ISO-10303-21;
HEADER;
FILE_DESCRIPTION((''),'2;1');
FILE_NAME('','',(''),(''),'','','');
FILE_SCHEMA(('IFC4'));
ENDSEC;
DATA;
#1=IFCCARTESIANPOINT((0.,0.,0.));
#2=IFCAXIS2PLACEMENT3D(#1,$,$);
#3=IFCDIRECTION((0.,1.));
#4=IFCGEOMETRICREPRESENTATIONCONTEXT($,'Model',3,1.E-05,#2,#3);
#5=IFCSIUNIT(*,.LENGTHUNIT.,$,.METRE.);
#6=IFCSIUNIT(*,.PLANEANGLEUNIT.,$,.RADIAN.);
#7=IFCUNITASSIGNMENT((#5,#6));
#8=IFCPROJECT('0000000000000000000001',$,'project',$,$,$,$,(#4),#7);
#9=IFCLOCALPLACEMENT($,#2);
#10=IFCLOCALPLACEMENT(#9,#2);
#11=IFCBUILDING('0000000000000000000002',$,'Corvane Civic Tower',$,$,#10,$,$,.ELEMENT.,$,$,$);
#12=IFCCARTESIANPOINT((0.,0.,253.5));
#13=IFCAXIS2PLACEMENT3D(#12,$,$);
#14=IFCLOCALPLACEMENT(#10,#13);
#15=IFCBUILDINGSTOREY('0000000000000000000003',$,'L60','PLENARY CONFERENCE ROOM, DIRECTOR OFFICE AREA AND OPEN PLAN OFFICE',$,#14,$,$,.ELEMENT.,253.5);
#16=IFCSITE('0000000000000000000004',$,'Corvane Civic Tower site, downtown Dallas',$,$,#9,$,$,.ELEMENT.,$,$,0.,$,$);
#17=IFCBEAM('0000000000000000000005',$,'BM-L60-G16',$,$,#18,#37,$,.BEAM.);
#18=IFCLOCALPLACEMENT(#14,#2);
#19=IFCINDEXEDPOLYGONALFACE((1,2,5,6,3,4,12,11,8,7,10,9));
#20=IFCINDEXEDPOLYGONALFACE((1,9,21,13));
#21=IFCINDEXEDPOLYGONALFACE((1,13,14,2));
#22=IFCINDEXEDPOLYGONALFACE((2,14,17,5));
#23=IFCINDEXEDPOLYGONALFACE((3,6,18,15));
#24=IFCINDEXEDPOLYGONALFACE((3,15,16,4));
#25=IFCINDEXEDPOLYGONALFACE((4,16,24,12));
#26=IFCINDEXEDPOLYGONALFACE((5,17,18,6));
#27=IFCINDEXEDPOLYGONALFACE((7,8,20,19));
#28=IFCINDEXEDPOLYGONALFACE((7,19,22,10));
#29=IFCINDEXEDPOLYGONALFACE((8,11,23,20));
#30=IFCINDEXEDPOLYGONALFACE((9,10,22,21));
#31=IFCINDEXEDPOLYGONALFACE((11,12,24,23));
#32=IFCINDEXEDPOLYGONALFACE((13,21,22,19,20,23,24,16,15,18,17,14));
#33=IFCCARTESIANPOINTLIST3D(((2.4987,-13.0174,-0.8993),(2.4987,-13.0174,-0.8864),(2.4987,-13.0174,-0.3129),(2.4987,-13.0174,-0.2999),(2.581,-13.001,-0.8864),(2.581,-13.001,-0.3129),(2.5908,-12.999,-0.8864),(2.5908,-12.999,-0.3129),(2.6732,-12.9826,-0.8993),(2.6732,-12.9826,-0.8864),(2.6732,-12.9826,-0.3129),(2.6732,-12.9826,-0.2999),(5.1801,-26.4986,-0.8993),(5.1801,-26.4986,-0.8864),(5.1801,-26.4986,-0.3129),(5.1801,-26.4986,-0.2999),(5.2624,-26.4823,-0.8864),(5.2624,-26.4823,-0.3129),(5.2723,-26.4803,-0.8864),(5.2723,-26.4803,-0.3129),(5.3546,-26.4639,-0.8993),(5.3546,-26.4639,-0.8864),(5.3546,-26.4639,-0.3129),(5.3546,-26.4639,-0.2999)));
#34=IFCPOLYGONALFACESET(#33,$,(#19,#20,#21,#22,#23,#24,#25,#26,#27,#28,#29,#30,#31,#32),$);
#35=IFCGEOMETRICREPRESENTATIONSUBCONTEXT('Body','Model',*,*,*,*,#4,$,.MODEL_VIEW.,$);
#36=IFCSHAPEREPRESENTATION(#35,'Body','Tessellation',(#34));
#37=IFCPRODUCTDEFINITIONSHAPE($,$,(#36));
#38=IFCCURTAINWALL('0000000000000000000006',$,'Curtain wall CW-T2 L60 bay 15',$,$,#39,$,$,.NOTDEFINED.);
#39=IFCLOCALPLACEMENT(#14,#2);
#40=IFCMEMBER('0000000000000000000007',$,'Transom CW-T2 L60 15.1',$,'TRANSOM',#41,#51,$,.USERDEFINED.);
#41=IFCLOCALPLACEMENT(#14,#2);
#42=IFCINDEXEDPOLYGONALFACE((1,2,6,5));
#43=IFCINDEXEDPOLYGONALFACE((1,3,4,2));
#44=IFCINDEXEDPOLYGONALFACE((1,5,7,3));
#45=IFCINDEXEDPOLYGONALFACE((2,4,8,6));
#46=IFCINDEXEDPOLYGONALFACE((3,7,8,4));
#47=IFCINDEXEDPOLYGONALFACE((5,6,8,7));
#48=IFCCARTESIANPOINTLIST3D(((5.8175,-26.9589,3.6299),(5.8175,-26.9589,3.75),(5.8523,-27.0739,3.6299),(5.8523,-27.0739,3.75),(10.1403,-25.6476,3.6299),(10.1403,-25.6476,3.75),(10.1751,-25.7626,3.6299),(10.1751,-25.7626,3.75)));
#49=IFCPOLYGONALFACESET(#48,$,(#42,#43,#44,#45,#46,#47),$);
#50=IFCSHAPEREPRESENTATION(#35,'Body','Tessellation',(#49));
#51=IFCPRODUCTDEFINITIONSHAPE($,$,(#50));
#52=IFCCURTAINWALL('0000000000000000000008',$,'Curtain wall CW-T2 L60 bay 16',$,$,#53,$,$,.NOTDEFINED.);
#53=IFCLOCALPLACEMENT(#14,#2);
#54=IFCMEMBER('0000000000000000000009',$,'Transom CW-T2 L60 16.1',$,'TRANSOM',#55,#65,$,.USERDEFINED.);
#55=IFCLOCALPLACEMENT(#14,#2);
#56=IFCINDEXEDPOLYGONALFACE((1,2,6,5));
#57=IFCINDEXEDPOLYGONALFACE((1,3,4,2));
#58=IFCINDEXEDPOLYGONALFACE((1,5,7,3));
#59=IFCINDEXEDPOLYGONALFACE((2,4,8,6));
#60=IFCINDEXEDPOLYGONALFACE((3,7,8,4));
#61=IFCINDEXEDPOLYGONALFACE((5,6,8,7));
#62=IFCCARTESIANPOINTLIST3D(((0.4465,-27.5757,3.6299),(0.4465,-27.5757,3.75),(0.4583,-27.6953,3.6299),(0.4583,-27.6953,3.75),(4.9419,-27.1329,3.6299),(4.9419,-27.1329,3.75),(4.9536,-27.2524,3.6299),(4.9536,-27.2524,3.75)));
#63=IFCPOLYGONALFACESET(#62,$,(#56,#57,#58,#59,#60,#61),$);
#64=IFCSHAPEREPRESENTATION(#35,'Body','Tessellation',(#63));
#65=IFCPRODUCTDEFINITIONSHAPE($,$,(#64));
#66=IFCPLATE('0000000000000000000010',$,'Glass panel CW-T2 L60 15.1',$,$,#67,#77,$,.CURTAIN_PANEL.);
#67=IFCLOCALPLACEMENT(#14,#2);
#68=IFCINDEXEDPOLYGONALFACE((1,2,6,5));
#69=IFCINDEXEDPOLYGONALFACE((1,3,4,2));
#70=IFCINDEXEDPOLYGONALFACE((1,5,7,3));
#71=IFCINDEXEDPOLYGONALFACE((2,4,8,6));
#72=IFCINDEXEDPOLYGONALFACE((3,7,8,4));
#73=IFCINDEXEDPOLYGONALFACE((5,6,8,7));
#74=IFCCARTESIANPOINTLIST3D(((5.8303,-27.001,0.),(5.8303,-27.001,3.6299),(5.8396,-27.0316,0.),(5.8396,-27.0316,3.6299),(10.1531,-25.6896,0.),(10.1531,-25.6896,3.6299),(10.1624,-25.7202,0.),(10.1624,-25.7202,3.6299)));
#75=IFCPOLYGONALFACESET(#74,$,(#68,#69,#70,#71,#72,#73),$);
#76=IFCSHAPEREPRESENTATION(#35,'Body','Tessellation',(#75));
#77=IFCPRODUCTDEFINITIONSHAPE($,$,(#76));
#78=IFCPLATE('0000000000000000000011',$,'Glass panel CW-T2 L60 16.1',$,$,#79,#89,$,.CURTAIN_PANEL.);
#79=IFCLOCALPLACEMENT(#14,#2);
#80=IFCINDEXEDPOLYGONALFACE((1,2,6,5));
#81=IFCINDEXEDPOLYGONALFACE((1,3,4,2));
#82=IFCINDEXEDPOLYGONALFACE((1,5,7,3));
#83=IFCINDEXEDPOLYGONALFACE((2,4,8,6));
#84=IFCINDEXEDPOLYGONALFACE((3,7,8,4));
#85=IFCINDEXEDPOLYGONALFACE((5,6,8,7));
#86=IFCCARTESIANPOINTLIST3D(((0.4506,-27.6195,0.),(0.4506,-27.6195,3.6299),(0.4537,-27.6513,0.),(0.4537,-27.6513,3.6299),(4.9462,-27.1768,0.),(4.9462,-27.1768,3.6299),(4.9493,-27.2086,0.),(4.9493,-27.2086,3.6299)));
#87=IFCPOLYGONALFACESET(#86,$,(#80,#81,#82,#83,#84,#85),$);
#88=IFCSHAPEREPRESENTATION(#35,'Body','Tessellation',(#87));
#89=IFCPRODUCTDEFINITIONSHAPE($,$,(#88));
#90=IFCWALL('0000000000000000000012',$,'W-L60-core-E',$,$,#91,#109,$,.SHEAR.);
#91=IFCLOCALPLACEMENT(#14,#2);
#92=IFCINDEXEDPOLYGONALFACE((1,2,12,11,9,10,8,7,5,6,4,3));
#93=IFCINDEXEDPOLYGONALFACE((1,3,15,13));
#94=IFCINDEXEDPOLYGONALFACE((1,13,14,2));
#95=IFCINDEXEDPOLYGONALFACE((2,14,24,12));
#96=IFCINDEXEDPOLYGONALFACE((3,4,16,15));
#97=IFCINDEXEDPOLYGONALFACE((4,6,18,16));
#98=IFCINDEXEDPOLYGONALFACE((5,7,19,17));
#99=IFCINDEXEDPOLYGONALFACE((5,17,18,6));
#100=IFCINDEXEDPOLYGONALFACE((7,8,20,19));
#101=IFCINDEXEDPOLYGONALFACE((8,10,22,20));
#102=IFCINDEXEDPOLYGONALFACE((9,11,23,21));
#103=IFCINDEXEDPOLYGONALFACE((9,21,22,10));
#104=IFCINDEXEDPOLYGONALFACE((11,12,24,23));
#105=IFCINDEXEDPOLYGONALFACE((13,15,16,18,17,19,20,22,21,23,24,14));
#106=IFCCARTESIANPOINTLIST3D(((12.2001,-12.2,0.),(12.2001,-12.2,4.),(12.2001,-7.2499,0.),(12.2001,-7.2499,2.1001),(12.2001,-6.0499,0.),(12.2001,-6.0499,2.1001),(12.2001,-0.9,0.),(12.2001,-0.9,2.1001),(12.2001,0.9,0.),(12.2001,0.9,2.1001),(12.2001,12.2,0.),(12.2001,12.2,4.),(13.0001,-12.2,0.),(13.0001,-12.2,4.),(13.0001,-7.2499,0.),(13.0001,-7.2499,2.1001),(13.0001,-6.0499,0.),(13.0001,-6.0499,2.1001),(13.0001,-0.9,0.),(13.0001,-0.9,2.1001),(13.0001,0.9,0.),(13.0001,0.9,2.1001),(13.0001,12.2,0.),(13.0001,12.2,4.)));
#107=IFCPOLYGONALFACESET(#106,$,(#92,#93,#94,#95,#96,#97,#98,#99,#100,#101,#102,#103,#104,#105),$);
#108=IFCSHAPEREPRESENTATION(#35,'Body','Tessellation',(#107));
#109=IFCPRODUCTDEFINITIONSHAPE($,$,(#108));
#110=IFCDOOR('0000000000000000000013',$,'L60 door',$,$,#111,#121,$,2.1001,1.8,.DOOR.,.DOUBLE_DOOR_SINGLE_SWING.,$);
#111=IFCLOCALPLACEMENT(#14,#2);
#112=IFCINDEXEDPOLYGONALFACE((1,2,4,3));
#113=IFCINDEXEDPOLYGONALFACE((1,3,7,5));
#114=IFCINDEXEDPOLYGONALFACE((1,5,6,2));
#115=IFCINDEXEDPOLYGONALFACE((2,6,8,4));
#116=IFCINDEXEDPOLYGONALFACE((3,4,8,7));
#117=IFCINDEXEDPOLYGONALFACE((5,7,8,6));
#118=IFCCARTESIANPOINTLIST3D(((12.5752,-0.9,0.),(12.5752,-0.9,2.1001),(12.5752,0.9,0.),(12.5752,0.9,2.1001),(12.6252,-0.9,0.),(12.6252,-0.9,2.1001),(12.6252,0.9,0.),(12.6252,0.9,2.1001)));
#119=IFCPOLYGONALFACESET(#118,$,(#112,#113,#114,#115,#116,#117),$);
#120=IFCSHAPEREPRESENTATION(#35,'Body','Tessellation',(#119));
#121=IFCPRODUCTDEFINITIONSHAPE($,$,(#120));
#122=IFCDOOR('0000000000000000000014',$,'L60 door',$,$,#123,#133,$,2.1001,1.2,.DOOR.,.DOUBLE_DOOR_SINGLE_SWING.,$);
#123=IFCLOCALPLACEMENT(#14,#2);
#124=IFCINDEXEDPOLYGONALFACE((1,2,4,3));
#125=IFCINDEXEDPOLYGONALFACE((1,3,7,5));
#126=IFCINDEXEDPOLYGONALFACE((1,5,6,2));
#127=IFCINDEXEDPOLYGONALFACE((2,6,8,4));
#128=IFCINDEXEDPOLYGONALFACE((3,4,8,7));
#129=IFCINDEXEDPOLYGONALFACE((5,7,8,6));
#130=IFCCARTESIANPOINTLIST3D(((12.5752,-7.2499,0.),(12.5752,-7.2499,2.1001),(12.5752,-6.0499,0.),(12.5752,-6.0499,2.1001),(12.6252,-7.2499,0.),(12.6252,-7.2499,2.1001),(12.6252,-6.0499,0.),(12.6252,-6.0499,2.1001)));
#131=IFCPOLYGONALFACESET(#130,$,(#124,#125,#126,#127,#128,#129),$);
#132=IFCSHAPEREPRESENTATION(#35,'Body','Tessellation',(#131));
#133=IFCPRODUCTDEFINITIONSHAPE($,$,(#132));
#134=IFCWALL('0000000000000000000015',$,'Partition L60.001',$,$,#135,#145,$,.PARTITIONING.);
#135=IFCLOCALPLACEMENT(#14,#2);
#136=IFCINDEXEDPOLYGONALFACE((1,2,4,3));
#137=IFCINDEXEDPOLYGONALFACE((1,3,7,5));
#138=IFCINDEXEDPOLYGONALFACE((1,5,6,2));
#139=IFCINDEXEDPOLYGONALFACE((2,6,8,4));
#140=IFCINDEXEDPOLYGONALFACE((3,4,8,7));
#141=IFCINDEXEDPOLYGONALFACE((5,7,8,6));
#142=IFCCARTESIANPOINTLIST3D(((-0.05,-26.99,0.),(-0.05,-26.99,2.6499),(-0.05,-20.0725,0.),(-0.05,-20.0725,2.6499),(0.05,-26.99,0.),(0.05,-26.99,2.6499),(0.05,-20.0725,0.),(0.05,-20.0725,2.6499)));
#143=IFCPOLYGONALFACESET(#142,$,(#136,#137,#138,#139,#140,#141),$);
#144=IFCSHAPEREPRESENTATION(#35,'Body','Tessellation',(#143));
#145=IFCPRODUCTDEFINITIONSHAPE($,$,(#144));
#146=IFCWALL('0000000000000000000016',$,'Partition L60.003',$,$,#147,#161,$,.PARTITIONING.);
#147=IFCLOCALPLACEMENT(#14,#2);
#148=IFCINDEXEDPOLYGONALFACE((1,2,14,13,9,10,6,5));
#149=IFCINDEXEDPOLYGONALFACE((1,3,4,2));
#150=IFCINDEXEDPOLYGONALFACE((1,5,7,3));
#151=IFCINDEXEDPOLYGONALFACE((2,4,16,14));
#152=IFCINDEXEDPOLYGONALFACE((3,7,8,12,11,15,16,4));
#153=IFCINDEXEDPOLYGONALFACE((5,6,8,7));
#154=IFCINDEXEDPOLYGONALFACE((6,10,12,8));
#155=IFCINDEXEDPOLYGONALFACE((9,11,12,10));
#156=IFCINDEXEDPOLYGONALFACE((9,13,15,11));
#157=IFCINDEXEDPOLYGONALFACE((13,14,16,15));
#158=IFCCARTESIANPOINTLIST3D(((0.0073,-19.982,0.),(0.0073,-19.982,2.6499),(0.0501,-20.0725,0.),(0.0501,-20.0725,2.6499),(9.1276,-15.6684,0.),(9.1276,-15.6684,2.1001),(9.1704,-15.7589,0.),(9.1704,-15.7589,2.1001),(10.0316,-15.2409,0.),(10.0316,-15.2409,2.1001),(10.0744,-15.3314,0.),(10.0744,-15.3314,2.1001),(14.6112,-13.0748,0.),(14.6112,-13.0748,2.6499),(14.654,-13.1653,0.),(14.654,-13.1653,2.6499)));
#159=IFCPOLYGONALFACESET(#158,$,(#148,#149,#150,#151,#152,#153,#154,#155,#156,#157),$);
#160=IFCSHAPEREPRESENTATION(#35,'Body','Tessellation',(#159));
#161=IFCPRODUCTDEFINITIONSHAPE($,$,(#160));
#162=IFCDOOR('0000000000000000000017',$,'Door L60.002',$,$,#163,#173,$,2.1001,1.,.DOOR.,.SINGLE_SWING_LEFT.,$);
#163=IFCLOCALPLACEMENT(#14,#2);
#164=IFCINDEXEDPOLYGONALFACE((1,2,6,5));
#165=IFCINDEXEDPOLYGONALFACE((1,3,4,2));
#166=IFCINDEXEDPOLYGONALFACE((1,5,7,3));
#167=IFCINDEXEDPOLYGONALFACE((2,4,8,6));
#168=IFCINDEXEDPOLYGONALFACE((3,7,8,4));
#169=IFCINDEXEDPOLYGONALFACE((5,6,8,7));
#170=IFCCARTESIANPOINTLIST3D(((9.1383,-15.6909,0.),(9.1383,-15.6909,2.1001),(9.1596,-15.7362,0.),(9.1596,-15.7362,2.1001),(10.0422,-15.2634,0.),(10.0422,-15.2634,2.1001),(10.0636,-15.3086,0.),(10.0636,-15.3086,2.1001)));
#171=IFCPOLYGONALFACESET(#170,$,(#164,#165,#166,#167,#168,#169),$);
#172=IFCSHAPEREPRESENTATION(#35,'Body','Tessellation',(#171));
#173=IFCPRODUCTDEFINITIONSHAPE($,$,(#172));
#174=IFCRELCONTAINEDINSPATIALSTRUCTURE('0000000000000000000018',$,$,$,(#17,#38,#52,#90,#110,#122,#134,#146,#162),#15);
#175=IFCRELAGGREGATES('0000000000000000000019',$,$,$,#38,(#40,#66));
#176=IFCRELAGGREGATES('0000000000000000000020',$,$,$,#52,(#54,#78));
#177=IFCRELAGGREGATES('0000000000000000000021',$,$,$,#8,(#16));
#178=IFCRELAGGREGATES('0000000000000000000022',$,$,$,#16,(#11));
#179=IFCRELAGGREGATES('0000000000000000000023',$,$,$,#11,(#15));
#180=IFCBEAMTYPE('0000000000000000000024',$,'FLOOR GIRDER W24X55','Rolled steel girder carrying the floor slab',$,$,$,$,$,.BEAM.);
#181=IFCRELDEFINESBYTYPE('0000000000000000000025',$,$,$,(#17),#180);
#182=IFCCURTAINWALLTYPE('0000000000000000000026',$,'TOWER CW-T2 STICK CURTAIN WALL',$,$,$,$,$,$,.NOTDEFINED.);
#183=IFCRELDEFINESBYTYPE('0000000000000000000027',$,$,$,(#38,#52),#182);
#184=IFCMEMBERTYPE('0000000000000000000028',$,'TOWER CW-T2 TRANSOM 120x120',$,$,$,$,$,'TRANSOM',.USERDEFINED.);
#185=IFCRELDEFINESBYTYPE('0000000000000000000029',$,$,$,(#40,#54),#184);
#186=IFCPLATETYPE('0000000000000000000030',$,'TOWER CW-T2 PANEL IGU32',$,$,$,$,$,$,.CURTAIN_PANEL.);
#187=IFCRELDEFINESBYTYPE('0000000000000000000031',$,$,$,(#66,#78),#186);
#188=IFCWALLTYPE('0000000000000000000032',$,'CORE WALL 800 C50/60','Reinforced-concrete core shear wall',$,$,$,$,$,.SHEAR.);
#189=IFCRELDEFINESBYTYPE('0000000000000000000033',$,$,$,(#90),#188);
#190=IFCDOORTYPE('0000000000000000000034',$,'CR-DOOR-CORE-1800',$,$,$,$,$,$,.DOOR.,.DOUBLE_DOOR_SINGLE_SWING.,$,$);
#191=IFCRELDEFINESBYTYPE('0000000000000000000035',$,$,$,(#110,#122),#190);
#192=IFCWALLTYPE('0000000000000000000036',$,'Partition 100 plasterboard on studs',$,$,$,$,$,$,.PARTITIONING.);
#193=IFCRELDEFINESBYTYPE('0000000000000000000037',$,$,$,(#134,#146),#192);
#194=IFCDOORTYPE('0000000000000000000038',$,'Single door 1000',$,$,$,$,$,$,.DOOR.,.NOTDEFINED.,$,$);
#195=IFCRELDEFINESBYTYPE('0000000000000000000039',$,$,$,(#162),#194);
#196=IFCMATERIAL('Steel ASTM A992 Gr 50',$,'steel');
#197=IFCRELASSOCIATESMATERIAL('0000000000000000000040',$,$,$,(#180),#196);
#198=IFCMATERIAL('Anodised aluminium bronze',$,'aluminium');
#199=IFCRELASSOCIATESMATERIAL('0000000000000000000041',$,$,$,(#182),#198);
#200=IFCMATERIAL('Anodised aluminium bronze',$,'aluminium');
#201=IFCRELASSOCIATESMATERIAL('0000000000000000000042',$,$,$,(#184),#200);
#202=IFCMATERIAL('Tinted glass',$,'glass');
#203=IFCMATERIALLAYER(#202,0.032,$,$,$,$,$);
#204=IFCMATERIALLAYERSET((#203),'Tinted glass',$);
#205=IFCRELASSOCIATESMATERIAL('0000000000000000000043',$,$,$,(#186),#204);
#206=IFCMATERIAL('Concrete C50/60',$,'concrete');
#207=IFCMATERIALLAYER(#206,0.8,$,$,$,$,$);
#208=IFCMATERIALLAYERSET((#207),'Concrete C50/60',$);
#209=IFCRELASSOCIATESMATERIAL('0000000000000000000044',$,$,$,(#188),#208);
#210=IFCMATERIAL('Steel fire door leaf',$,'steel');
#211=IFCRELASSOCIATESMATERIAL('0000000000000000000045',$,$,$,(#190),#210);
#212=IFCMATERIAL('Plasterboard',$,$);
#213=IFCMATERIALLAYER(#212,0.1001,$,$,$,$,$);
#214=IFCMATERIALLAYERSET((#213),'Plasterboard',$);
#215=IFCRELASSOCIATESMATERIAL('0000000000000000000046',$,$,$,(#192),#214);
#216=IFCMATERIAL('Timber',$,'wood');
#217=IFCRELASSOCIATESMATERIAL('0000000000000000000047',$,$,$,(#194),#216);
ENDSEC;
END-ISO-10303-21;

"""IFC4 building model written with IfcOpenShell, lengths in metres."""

from ifc_helpers import new_model, si_unit, direction, frame, frame_2d, origin, origin_2d, place, context, subcontext, project, spatial, rectangle, i_section, extrude, material, layer, layer_set, material_profile, profile_set, type_object, element, fill, aggregate, save


model = new_model("IFC4")

# Units and contexts
model_context = context("Model", 3, precision=1e-05, world=origin(), true_north=direction((0.0, 1.0)))
body_context = subcontext(model_context, "Body", "Model", "MODEL_VIEW")
ifc_project = project(units=[si_unit("LENGTHUNIT", "METRE"), si_unit("PLANEANGLEUNIT", "RADIAN")], contexts=[model_context])

# Site, building, storey
site_placement = place(None, origin())
site = spatial("IfcSite", under=ifc_project, at=site_placement, Name="Corvane Civic Tower site, downtown Dallas", CompositionType="ELEMENT", RefElevation=0.0)
building_placement = place(site_placement, origin())
building = spatial("IfcBuilding", under=site, at=building_placement, Name="Corvane Civic Tower", CompositionType="ELEMENT")
storey_placement = place(building_placement, frame((0.0, 0.0, 253.5)))
storey = spatial("IfcBuildingStorey", under=building, at=storey_placement, Name="L60", Description="PLENARY CONFERENCE ROOM, DIRECTOR OFFICE AREA AND OPEN PLAN OFFICE", CompositionType="ELEMENT", Elevation=253.5)

# Beam
ifc_material_1 = material(Name="Steel ASTM A992 Gr 50", Category="steel")
ifc_material_profile_1 = material_profile(ifc_material_1, i_section(OverallWidth=0.178, OverallDepth=0.5994, WebThickness=0.01, FlangeThickness=0.0129, at=origin_2d()), Name="W24X55")
ifc_profile_set_1 = profile_set([ifc_material_profile_1], Name="Steel ASTM A992 Gr 50")
beam_type_1 = type_object("IfcBeamType", Name="FLOOR GIRDER W24X55", Description="Rolled steel girder carrying the floor slab", PredefinedType="BEAM", material=ifc_profile_set_1)
beam_1_placement = place(storey_placement, frame((2.5859, -13.0, -0.5996), z_axis=(0.195078, -0.980788, 0.0), x_axis=(0.980788, 0.195078, 0.0)))
element("IfcBeam", 1, at=beam_1_placement, inside=storey, type_object=beam_type_1, Name="BM-L60-G16", PredefinedType="BEAM", context=body_context, shape_type="SweptSolid", body=[
    extrude(i_section(OverallWidth=0.178, OverallDepth=0.5994, WebThickness=0.01, FlangeThickness=0.0129, at=origin_2d()), origin(), (0.0, 0.0, 1.0), 13.7454),
])

# Curtain walls, members
ifc_material_2 = material(Name="Anodised aluminium bronze", Category="aluminium")
curtain_wall_type = type_object("IfcCurtainWallType", Name="TOWER CW-T2 STICK CURTAIN WALL", PredefinedType="NOTDEFINED", material=ifc_material_2)
curtain_wall_1_placement = place(storey_placement, origin())
curtain_wall_1 = element("IfcCurtainWall", 2, at=curtain_wall_1_placement, inside=storey, type_object=curtain_wall_type, Name="Curtain wall CW-T2 L60 bay 15", PredefinedType="NOTDEFINED")
ifc_material_3 = material(Name="Anodised aluminium bronze", Category="aluminium")
ifc_material_profile_2 = material_profile(ifc_material_3, rectangle(XDim=0.1201, YDim=0.1201, at=origin_2d()), Name="TOWER CW-T2 TRANSOM 120x120")
ifc_profile_set_2 = profile_set([ifc_material_profile_2], Name="Anodised aluminium bronze")
member_type = type_object("IfcMemberType", Name="TOWER CW-T2 TRANSOM 120x120", ElementType="TRANSOM", PredefinedType="USERDEFINED", material=ifc_profile_set_2)
member_1_placement = place(storey_placement, frame((10.1577, -25.7051, 3.6899), z_axis=(-0.956941, -0.290282, 0.0), x_axis=(0.290282, -0.956941, 0.0)))
member_1 = element("IfcMember", 3, at=member_1_placement, type_object=member_type, Name="Transom CW-T2 L60 15.1", ObjectType="TRANSOM", PredefinedType="USERDEFINED", context=body_context, shape_type="SweptSolid", body=[
    extrude(rectangle(XDim=0.1201, YDim=0.1201, at=origin_2d()), origin(), (0.0, 0.0, 1.0), 4.5173),
])
curtain_wall_2_placement = place(storey_placement, origin())
curtain_wall_2 = element("IfcCurtainWall", 4, at=curtain_wall_2_placement, inside=storey, type_object=curtain_wall_type, Name="Curtain wall CW-T2 L60 bay 16", PredefinedType="NOTDEFINED")
member_2_placement = place(storey_placement, frame((4.9478, -27.1926, 3.6899), z_axis=(-0.995182, -0.098043, 0.0), x_axis=(0.098043, -0.995182, 0.0)))
member_2 = element("IfcMember", 5, at=member_2_placement, type_object=member_type, Name="Transom CW-T2 L60 16.1", ObjectType="TRANSOM", PredefinedType="USERDEFINED", context=body_context, shape_type="SweptSolid", body=[
    extrude(rectangle(XDim=0.1201, YDim=0.1201, at=origin_2d()), origin(), (0.0, 0.0, 1.0), 4.5171),
])

# Plates
ifc_material_4 = material(Name="Tinted glass", Category="glass")
ifc_layer_1 = layer(ifc_material_4, 0.032)
ifc_layer_set_1 = layer_set([ifc_layer_1], Name="Tinted glass")
plate_type = type_object("IfcPlateType", Name="TOWER CW-T2 PANEL IGU32", PredefinedType="CURTAIN_PANEL", material=ifc_layer_set_1)
plate_1_placement = place(storey_placement, frame((7.9963, -26.3606, 0.0), z_axis=(0.0, 0.0, 1.0), x_axis=(-0.956939, -0.29029, 0.0)))
plate_1 = element("IfcPlate", 6, at=plate_1_placement, type_object=plate_type, Name="Glass panel CW-T2 L60 15.1", PredefinedType="CURTAIN_PANEL", context=body_context, shape_type="SweptSolid", body=[
    extrude(rectangle(XDim=4.5173, YDim=0.032, at=origin_2d()), origin(), (0.0, 0.0, 1.0), 3.6299),
])
aggregate(curtain_wall_1, [member_1, plate_1])
plate_2_placement = place(storey_placement, frame((2.7, -27.4141, 0.0), z_axis=(0.0, 0.0, 1.0), x_axis=(-0.995187, -0.097993, 0.0)))
plate_2 = element("IfcPlate", 7, at=plate_2_placement, type_object=plate_type, Name="Glass panel CW-T2 L60 16.1", PredefinedType="CURTAIN_PANEL", context=body_context, shape_type="SweptSolid", body=[
    extrude(rectangle(XDim=4.5173, YDim=0.032, at=origin_2d()), origin(), (0.0, 0.0, 1.0), 3.6299),
])
aggregate(curtain_wall_2, [member_2, plate_2])

# Wall, openings, doors
ifc_material_5 = material(Name="Concrete C50/60", Category="concrete")
ifc_layer_2 = layer(ifc_material_5, 0.8)
ifc_layer_set_2 = layer_set([ifc_layer_2], Name="Concrete C50/60")
wall_type_1 = type_object("IfcWallType", Name="CORE WALL 800 C50/60", Description="Reinforced-concrete core shear wall", PredefinedType="SHEAR", material=ifc_layer_set_2)
wall_1_placement = place(storey_placement, frame((12.6001, -12.2, 0.0), z_axis=(0.0, 0.0, 1.0), x_axis=(0.0, 1.0, 0.0)))
wall_1 = element("IfcWall", 8, at=wall_1_placement, inside=storey, type_object=wall_type_1, Name="W-L60-core-E", PredefinedType="SHEAR", context=body_context, shape_type="SweptSolid", body=[
    extrude(rectangle(XDim=24.3999, YDim=0.8, at=frame_2d((12.2, 0.0))), origin(), (0.0, 0.0, 1.0), 4.0),
])
opening_1_placement = place(wall_1_placement, frame((11.3, 0.0, 0.0)))
opening_1 = element("IfcOpeningElement", 9, at=opening_1_placement, cuts=wall_1, PredefinedType="OPENING", context=body_context, shape_type="SweptSolid", body=[
    extrude(rectangle(XDim=1.8, YDim=2.1001, at=frame_2d((0.8999, 1.05))), frame((0.0, 0.4099, 0.0), z_axis=(0.0, -1.0, 0.0), x_axis=(1.0, 0.0, 0.0)), (0.0, 0.0, 1.0), 0.8201),
])
opening_2_placement = place(wall_1_placement, frame((4.95, 0.0, 0.0)))
opening_2 = element("IfcOpeningElement", 10, at=opening_2_placement, cuts=wall_1, PredefinedType="OPENING", context=body_context, shape_type="SweptSolid", body=[
    extrude(rectangle(XDim=1.2, YDim=2.1001, at=frame_2d((0.6001, 1.05))), frame((0.0, 0.4099, 0.0), z_axis=(0.0, -1.0, 0.0), x_axis=(1.0, 0.0, 0.0)), (0.0, 0.0, 1.0), 0.8201),
])
ifc_material_6 = material(Name="Steel fire door leaf", Category="steel")
door_type_1 = type_object("IfcDoorType", Name="CR-DOOR-CORE-1800", OperationType="DOUBLE_DOOR_SINGLE_SWING", PredefinedType="DOOR", material=ifc_material_6)
door_1_placement = place(opening_1_placement, origin())
door_1 = element("IfcDoor", 11, at=door_1_placement, inside=storey, type_object=door_type_1, Name="L60 door", OperationType="DOUBLE_DOOR_SINGLE_SWING", OverallHeight=2.1001, OverallWidth=1.8, PredefinedType="DOOR", context=body_context, shape_type="SweptSolid", body=[
    extrude(rectangle(XDim=1.8, YDim=2.1001, at=frame_2d((0.8999, 1.05))), frame((0.0, 0.0249, 0.0), z_axis=(0.0, -1.0, 0.0), x_axis=(1.0, 0.0, 0.0)), (0.0, 0.0, 1.0), 0.05),
])
fill(opening_1, door_1)
door_2_placement = place(opening_2_placement, origin())
door_2 = element("IfcDoor", 12, at=door_2_placement, inside=storey, type_object=door_type_1, Name="L60 door", OperationType="DOUBLE_DOOR_SINGLE_SWING", OverallHeight=2.1001, OverallWidth=1.2, PredefinedType="DOOR", context=body_context, shape_type="SweptSolid", body=[
    extrude(rectangle(XDim=1.2, YDim=2.1001, at=frame_2d((0.6001, 1.05))), frame((0.0, 0.0249, 0.0), z_axis=(0.0, -1.0, 0.0), x_axis=(1.0, 0.0, 0.0)), (0.0, 0.0, 1.0), 0.05),
])
fill(opening_2, door_2)

# Wall
ifc_material_7 = material(Name="Plasterboard")
ifc_layer_3 = layer(ifc_material_7, 0.1001)
ifc_layer_set_3 = layer_set([ifc_layer_3], Name="Plasterboard")
wall_type_2 = type_object("IfcWallType", Name="Partition 100 plasterboard on studs", PredefinedType="PARTITIONING", material=ifc_layer_set_3)
wall_2_placement = place(storey_placement, frame((0.0, -26.99, 0.0), z_axis=(0.0, 0.0, 1.0), x_axis=(0.0, 1.0, 0.0)))
element("IfcWall", 13, at=wall_2_placement, inside=storey, type_object=wall_type_2, Name="Partition L60.001", PredefinedType="PARTITIONING", context=body_context, shape_type="SweptSolid", body=[
    extrude(rectangle(XDim=6.9175, YDim=0.1001, at=frame_2d((3.4587, 0.0))), origin(), (0.0, 0.0, 1.0), 2.6499),
])

# Wall, opening, door
wall_3_placement = place(storey_placement, frame((0.0286, -20.0273, 0.0), z_axis=(0.0, 0.0, 1.0), x_axis=(0.903988, 0.427557, 0.0)))
wall_3 = element("IfcWall", 14, at=wall_3_placement, inside=storey, type_object=wall_type_2, Name="Partition L60.003", PredefinedType="PARTITIONING", context=body_context, shape_type="SweptSolid", body=[
    extrude(rectangle(XDim=16.155, YDim=0.1001, at=frame_2d((8.0776, 0.0))), origin(), (0.0, 0.0, 1.0), 2.6499),
])
opening_3_placement = place(wall_3_placement, frame((10.0891, 0.0, 0.0)))
opening_3 = element("IfcOpeningElement", 15, at=opening_3_placement, cuts=wall_3, PredefinedType="OPENING", context=body_context, shape_type="SweptSolid", body=[
    extrude(rectangle(XDim=1.0, YDim=2.1001, at=frame_2d((0.5, 1.05))), frame((0.0, 0.0601, 0.0), z_axis=(0.0, -1.0, 0.0), x_axis=(1.0, 0.0, 0.0)), (0.0, 0.0, 1.0), 0.1201),
])
ifc_material_8 = material(Name="Timber", Category="wood")
door_type_2 = type_object("IfcDoorType", Name="Single door 1000", OperationType="NOTDEFINED", PredefinedType="DOOR", material=ifc_material_8)
door_3_placement = place(opening_3_placement, frame((1.0, 0.0, 0.0), z_axis=(0.0, 0.0, 1.0), x_axis=(-1.0, 0.0, 0.0)))
door_3 = element("IfcDoor", 16, at=door_3_placement, inside=storey, type_object=door_type_2, Name="Door L60.002", OperationType="SINGLE_SWING_LEFT", OverallHeight=2.1001, OverallWidth=1.0, PredefinedType="DOOR", context=body_context, shape_type="SweptSolid", body=[
    extrude(rectangle(XDim=1.0, YDim=2.1001, at=frame_2d((0.5, 1.05))), frame((0.0, 0.0249, 0.0), z_axis=(0.0, -1.0, 0.0), x_axis=(1.0, 0.0, 0.0)), (0.0, 0.0, 1.0), 0.05),
])
fill(opening_3, door_3)

save(model, "model.ifc")
